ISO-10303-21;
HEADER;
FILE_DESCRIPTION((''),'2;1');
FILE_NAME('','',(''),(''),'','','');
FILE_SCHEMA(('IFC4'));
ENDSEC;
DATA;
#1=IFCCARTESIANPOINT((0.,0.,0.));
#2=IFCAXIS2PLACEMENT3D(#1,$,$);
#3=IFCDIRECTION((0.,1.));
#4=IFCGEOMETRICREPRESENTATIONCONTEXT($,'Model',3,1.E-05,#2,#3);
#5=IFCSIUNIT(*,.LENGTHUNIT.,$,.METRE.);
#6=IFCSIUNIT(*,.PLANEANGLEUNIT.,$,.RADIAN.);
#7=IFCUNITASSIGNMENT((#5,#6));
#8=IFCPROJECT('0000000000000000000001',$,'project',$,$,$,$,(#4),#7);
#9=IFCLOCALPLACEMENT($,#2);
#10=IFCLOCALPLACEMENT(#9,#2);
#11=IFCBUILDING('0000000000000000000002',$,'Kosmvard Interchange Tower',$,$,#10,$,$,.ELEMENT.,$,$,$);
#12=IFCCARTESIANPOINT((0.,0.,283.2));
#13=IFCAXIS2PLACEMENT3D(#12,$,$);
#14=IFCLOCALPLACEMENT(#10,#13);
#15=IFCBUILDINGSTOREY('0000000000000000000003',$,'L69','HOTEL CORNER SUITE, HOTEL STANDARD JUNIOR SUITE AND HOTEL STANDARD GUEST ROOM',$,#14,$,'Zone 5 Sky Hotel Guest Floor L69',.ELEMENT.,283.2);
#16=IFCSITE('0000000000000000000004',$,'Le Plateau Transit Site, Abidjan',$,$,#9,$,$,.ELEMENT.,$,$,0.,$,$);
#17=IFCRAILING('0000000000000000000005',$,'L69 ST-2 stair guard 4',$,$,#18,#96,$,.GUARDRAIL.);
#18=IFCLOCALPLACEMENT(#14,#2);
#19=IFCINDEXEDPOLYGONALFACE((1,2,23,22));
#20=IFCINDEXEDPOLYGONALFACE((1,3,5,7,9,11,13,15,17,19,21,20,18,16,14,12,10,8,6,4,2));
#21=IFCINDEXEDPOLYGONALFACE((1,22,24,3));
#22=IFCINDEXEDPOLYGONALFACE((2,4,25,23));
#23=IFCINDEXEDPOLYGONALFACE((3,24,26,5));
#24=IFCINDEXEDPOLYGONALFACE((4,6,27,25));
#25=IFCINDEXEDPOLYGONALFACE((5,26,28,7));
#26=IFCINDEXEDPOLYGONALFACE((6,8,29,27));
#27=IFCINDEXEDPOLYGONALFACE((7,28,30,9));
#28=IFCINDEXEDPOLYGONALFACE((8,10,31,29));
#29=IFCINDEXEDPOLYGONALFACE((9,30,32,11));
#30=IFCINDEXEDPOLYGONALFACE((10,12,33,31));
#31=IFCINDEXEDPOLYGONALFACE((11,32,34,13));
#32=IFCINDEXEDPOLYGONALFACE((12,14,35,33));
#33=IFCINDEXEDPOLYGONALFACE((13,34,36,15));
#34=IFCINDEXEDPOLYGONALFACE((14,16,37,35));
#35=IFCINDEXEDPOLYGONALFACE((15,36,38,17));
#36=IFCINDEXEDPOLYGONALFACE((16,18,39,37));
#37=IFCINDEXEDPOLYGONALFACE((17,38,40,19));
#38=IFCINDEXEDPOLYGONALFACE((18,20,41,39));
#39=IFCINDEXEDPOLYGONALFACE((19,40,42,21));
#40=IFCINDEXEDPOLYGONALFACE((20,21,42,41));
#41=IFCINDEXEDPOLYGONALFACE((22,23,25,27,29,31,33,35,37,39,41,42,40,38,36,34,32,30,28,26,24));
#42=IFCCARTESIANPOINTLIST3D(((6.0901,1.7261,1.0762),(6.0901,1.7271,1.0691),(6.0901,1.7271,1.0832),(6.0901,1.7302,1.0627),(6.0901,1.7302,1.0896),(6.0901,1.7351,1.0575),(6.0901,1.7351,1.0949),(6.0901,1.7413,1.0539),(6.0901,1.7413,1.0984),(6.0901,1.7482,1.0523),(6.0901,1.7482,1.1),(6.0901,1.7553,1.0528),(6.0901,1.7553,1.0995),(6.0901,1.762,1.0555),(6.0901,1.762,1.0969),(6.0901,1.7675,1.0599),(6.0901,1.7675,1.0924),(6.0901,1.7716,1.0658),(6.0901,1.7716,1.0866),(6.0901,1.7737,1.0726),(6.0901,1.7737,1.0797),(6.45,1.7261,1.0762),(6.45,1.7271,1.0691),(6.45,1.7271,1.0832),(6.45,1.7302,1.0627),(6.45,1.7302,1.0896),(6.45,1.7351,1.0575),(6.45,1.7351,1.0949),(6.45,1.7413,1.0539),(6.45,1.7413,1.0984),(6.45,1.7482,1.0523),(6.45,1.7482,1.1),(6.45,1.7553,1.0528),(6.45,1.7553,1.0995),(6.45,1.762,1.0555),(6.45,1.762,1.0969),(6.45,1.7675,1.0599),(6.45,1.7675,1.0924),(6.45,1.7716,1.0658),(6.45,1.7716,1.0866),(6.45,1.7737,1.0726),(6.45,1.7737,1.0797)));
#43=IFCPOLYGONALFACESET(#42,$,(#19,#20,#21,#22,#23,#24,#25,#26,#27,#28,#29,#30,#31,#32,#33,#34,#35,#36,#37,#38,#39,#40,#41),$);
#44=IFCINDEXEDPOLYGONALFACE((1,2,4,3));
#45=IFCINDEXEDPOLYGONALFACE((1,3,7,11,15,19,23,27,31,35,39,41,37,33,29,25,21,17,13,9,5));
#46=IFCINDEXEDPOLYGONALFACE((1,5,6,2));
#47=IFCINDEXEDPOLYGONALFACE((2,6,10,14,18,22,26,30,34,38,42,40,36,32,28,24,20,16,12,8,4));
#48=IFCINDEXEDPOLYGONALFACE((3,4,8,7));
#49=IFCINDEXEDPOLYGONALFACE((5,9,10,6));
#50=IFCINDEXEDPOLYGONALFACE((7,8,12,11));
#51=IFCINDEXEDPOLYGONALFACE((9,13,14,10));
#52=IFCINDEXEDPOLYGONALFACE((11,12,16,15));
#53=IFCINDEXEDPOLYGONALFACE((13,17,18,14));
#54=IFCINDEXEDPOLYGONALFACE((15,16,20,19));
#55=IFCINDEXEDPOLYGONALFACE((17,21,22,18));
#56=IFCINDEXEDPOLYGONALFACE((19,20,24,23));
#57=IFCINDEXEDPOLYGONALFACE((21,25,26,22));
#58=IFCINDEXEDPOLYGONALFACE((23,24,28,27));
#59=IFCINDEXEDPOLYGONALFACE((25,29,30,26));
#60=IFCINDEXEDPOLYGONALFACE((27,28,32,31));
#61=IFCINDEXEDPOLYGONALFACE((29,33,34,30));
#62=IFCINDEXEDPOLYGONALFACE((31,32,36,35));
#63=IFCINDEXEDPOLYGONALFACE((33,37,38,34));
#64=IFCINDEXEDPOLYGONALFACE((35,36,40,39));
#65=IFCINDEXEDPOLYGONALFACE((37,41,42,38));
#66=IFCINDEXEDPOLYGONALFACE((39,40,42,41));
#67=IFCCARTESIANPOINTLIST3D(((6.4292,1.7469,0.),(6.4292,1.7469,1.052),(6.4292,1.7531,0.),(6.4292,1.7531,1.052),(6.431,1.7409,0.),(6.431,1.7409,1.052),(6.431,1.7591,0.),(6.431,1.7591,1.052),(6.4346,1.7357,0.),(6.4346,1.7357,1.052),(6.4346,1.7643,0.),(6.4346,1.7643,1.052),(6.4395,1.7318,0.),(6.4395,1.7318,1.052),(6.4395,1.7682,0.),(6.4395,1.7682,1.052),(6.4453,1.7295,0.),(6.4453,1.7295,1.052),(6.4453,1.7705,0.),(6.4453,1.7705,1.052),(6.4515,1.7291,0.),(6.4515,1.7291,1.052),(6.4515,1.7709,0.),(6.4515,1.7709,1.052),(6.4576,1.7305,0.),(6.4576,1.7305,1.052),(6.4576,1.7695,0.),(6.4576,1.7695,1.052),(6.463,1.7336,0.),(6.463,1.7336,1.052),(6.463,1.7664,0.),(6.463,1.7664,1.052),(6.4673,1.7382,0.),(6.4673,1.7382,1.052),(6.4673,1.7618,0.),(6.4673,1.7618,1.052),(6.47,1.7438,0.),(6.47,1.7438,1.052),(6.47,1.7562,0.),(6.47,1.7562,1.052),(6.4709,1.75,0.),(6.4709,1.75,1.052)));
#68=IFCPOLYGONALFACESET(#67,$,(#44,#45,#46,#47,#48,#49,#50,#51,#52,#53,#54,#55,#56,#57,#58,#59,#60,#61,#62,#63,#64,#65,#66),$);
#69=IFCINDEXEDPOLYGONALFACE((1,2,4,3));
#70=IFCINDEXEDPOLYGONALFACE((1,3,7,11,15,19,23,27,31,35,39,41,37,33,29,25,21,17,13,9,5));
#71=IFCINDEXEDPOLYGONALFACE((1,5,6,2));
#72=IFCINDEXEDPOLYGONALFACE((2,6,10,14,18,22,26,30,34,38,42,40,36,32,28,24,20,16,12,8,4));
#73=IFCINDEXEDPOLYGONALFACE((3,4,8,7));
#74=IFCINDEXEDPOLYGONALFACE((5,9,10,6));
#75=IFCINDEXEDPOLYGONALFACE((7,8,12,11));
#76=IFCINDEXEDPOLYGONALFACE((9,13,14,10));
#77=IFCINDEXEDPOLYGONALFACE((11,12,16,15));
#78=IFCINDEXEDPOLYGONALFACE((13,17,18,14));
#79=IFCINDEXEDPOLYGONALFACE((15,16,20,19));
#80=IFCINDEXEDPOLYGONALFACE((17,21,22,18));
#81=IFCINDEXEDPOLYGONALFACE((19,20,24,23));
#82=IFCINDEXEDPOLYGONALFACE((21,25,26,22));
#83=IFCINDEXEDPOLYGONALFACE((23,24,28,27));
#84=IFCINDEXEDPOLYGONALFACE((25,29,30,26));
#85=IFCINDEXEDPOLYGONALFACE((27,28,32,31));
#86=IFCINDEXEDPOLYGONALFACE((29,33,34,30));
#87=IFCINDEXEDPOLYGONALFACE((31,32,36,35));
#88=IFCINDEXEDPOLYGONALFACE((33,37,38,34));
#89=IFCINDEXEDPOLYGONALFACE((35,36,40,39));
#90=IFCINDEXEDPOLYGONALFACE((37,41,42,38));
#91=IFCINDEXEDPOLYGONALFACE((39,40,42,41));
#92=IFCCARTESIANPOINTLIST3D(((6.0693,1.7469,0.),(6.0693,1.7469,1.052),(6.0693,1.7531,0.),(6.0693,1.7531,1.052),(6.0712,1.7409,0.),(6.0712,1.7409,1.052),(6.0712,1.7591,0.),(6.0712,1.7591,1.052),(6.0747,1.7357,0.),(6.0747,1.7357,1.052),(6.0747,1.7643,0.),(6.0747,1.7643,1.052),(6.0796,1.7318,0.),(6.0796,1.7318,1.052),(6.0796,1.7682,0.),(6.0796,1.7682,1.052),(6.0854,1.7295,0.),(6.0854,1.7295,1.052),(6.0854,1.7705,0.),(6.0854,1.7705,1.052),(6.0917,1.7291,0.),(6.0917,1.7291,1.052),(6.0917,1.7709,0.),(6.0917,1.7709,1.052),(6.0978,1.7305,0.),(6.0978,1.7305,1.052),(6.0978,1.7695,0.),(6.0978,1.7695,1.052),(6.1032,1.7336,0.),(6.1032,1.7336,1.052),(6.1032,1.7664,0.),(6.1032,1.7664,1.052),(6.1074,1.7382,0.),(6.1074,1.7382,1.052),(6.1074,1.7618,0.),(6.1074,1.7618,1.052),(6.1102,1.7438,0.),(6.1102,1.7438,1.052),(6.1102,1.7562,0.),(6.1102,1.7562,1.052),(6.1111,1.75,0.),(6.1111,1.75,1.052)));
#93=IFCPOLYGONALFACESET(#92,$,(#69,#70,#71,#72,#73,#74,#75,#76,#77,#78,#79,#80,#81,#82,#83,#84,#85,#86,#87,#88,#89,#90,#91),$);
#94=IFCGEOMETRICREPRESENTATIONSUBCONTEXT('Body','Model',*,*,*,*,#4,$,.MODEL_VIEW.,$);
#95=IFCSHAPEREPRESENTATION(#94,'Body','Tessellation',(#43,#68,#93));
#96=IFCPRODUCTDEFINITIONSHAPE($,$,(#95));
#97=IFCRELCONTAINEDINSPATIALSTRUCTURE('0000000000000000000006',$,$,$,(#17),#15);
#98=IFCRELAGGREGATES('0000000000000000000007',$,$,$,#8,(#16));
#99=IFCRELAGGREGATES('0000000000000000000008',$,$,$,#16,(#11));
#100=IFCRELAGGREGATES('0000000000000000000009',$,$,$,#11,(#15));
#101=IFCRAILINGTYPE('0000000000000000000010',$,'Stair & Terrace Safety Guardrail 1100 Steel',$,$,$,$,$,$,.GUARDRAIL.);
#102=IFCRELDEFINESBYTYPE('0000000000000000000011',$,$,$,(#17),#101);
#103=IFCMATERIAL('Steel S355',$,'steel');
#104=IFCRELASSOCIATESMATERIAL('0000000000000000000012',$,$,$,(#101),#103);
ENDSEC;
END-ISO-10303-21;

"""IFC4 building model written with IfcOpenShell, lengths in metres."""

from ifc_helpers import new_model, si_unit, direction, frame, origin, origin_2d, place, context, subcontext, project, spatial, circle, extrude, source, transform, mapped, material, type_object, element, save


model = new_model("IFC4")

# Units and contexts
model_context = context("Model", 3, precision=1e-05, world=origin(), true_north=direction((0.0, 1.0)))
body_context = subcontext(model_context, "Body", "Model", "MODEL_VIEW")
ifc_project = project(units=[si_unit("LENGTHUNIT", "METRE"), si_unit("PLANEANGLEUNIT", "RADIAN")], contexts=[model_context])

# Site, building, storey
site_placement = place(None, origin())
site = spatial("IfcSite", under=ifc_project, at=site_placement, Name="Le Plateau Transit Site, Abidjan", CompositionType="ELEMENT", RefElevation=0.0)
building_placement = place(site_placement, origin())
building = spatial("IfcBuilding", under=site, at=building_placement, Name="Kosmvard Interchange Tower", CompositionType="ELEMENT")
storey_placement = place(building_placement, frame((0.0, 0.0, 283.2)))
storey = spatial("IfcBuildingStorey", under=building, at=storey_placement, Name="L69", Description="HOTEL CORNER SUITE, HOTEL STANDARD JUNIOR SUITE AND HOTEL STANDARD GUEST ROOM", LongName="Zone 5 Sky Hotel Guest Floor L69", CompositionType="ELEMENT", Elevation=283.2)

# Shared definitions
ifc_material_1 = material(Name="Steel S355", Category="steel")

# Railing
railing_type_1 = type_object("IfcRailingType", Name="Stair & Terrace Safety Guardrail 1100 Steel", PredefinedType="GUARDRAIL", material=ifc_material_1)
shared_shape_1 = source(origin(), body_context, "Body", "SweptSolid", [
    extrude(circle(Radius=0.0239, at=origin_2d()), frame((0.0, 0.0, 1.0762), z_axis=(-1.0, 0.0, 0.0), x_axis=(0.0, -1.0, 0.0)), (0.0, 0.0, 1.0), 0.3599),
    extrude(circle(Radius=0.021, at=origin_2d()), origin(), (0.0, 0.0, 1.0), 1.052),
    extrude(circle(Radius=0.021, at=origin_2d()), frame((-0.3599, 0.0, 0.0)), (0.0, 0.0, 1.0), 1.052),
])
for number, where, name in (
    (1, (6.45, 1.75, 0.0), "L69 ST-2 stair guard 4"),
):
    element("IfcRailing", number, at=place(storey_placement, frame(where)), inside=storey, type_object=railing_type_1, Name=name, PredefinedType="GUARDRAIL", context=body_context, shape_type="MappedRepresentation", body=[
        mapped(shared_shape_1, transform((0.0, 0.0, 0.0), scale=1.0)),
    ])

save(model, "model.ifc")
